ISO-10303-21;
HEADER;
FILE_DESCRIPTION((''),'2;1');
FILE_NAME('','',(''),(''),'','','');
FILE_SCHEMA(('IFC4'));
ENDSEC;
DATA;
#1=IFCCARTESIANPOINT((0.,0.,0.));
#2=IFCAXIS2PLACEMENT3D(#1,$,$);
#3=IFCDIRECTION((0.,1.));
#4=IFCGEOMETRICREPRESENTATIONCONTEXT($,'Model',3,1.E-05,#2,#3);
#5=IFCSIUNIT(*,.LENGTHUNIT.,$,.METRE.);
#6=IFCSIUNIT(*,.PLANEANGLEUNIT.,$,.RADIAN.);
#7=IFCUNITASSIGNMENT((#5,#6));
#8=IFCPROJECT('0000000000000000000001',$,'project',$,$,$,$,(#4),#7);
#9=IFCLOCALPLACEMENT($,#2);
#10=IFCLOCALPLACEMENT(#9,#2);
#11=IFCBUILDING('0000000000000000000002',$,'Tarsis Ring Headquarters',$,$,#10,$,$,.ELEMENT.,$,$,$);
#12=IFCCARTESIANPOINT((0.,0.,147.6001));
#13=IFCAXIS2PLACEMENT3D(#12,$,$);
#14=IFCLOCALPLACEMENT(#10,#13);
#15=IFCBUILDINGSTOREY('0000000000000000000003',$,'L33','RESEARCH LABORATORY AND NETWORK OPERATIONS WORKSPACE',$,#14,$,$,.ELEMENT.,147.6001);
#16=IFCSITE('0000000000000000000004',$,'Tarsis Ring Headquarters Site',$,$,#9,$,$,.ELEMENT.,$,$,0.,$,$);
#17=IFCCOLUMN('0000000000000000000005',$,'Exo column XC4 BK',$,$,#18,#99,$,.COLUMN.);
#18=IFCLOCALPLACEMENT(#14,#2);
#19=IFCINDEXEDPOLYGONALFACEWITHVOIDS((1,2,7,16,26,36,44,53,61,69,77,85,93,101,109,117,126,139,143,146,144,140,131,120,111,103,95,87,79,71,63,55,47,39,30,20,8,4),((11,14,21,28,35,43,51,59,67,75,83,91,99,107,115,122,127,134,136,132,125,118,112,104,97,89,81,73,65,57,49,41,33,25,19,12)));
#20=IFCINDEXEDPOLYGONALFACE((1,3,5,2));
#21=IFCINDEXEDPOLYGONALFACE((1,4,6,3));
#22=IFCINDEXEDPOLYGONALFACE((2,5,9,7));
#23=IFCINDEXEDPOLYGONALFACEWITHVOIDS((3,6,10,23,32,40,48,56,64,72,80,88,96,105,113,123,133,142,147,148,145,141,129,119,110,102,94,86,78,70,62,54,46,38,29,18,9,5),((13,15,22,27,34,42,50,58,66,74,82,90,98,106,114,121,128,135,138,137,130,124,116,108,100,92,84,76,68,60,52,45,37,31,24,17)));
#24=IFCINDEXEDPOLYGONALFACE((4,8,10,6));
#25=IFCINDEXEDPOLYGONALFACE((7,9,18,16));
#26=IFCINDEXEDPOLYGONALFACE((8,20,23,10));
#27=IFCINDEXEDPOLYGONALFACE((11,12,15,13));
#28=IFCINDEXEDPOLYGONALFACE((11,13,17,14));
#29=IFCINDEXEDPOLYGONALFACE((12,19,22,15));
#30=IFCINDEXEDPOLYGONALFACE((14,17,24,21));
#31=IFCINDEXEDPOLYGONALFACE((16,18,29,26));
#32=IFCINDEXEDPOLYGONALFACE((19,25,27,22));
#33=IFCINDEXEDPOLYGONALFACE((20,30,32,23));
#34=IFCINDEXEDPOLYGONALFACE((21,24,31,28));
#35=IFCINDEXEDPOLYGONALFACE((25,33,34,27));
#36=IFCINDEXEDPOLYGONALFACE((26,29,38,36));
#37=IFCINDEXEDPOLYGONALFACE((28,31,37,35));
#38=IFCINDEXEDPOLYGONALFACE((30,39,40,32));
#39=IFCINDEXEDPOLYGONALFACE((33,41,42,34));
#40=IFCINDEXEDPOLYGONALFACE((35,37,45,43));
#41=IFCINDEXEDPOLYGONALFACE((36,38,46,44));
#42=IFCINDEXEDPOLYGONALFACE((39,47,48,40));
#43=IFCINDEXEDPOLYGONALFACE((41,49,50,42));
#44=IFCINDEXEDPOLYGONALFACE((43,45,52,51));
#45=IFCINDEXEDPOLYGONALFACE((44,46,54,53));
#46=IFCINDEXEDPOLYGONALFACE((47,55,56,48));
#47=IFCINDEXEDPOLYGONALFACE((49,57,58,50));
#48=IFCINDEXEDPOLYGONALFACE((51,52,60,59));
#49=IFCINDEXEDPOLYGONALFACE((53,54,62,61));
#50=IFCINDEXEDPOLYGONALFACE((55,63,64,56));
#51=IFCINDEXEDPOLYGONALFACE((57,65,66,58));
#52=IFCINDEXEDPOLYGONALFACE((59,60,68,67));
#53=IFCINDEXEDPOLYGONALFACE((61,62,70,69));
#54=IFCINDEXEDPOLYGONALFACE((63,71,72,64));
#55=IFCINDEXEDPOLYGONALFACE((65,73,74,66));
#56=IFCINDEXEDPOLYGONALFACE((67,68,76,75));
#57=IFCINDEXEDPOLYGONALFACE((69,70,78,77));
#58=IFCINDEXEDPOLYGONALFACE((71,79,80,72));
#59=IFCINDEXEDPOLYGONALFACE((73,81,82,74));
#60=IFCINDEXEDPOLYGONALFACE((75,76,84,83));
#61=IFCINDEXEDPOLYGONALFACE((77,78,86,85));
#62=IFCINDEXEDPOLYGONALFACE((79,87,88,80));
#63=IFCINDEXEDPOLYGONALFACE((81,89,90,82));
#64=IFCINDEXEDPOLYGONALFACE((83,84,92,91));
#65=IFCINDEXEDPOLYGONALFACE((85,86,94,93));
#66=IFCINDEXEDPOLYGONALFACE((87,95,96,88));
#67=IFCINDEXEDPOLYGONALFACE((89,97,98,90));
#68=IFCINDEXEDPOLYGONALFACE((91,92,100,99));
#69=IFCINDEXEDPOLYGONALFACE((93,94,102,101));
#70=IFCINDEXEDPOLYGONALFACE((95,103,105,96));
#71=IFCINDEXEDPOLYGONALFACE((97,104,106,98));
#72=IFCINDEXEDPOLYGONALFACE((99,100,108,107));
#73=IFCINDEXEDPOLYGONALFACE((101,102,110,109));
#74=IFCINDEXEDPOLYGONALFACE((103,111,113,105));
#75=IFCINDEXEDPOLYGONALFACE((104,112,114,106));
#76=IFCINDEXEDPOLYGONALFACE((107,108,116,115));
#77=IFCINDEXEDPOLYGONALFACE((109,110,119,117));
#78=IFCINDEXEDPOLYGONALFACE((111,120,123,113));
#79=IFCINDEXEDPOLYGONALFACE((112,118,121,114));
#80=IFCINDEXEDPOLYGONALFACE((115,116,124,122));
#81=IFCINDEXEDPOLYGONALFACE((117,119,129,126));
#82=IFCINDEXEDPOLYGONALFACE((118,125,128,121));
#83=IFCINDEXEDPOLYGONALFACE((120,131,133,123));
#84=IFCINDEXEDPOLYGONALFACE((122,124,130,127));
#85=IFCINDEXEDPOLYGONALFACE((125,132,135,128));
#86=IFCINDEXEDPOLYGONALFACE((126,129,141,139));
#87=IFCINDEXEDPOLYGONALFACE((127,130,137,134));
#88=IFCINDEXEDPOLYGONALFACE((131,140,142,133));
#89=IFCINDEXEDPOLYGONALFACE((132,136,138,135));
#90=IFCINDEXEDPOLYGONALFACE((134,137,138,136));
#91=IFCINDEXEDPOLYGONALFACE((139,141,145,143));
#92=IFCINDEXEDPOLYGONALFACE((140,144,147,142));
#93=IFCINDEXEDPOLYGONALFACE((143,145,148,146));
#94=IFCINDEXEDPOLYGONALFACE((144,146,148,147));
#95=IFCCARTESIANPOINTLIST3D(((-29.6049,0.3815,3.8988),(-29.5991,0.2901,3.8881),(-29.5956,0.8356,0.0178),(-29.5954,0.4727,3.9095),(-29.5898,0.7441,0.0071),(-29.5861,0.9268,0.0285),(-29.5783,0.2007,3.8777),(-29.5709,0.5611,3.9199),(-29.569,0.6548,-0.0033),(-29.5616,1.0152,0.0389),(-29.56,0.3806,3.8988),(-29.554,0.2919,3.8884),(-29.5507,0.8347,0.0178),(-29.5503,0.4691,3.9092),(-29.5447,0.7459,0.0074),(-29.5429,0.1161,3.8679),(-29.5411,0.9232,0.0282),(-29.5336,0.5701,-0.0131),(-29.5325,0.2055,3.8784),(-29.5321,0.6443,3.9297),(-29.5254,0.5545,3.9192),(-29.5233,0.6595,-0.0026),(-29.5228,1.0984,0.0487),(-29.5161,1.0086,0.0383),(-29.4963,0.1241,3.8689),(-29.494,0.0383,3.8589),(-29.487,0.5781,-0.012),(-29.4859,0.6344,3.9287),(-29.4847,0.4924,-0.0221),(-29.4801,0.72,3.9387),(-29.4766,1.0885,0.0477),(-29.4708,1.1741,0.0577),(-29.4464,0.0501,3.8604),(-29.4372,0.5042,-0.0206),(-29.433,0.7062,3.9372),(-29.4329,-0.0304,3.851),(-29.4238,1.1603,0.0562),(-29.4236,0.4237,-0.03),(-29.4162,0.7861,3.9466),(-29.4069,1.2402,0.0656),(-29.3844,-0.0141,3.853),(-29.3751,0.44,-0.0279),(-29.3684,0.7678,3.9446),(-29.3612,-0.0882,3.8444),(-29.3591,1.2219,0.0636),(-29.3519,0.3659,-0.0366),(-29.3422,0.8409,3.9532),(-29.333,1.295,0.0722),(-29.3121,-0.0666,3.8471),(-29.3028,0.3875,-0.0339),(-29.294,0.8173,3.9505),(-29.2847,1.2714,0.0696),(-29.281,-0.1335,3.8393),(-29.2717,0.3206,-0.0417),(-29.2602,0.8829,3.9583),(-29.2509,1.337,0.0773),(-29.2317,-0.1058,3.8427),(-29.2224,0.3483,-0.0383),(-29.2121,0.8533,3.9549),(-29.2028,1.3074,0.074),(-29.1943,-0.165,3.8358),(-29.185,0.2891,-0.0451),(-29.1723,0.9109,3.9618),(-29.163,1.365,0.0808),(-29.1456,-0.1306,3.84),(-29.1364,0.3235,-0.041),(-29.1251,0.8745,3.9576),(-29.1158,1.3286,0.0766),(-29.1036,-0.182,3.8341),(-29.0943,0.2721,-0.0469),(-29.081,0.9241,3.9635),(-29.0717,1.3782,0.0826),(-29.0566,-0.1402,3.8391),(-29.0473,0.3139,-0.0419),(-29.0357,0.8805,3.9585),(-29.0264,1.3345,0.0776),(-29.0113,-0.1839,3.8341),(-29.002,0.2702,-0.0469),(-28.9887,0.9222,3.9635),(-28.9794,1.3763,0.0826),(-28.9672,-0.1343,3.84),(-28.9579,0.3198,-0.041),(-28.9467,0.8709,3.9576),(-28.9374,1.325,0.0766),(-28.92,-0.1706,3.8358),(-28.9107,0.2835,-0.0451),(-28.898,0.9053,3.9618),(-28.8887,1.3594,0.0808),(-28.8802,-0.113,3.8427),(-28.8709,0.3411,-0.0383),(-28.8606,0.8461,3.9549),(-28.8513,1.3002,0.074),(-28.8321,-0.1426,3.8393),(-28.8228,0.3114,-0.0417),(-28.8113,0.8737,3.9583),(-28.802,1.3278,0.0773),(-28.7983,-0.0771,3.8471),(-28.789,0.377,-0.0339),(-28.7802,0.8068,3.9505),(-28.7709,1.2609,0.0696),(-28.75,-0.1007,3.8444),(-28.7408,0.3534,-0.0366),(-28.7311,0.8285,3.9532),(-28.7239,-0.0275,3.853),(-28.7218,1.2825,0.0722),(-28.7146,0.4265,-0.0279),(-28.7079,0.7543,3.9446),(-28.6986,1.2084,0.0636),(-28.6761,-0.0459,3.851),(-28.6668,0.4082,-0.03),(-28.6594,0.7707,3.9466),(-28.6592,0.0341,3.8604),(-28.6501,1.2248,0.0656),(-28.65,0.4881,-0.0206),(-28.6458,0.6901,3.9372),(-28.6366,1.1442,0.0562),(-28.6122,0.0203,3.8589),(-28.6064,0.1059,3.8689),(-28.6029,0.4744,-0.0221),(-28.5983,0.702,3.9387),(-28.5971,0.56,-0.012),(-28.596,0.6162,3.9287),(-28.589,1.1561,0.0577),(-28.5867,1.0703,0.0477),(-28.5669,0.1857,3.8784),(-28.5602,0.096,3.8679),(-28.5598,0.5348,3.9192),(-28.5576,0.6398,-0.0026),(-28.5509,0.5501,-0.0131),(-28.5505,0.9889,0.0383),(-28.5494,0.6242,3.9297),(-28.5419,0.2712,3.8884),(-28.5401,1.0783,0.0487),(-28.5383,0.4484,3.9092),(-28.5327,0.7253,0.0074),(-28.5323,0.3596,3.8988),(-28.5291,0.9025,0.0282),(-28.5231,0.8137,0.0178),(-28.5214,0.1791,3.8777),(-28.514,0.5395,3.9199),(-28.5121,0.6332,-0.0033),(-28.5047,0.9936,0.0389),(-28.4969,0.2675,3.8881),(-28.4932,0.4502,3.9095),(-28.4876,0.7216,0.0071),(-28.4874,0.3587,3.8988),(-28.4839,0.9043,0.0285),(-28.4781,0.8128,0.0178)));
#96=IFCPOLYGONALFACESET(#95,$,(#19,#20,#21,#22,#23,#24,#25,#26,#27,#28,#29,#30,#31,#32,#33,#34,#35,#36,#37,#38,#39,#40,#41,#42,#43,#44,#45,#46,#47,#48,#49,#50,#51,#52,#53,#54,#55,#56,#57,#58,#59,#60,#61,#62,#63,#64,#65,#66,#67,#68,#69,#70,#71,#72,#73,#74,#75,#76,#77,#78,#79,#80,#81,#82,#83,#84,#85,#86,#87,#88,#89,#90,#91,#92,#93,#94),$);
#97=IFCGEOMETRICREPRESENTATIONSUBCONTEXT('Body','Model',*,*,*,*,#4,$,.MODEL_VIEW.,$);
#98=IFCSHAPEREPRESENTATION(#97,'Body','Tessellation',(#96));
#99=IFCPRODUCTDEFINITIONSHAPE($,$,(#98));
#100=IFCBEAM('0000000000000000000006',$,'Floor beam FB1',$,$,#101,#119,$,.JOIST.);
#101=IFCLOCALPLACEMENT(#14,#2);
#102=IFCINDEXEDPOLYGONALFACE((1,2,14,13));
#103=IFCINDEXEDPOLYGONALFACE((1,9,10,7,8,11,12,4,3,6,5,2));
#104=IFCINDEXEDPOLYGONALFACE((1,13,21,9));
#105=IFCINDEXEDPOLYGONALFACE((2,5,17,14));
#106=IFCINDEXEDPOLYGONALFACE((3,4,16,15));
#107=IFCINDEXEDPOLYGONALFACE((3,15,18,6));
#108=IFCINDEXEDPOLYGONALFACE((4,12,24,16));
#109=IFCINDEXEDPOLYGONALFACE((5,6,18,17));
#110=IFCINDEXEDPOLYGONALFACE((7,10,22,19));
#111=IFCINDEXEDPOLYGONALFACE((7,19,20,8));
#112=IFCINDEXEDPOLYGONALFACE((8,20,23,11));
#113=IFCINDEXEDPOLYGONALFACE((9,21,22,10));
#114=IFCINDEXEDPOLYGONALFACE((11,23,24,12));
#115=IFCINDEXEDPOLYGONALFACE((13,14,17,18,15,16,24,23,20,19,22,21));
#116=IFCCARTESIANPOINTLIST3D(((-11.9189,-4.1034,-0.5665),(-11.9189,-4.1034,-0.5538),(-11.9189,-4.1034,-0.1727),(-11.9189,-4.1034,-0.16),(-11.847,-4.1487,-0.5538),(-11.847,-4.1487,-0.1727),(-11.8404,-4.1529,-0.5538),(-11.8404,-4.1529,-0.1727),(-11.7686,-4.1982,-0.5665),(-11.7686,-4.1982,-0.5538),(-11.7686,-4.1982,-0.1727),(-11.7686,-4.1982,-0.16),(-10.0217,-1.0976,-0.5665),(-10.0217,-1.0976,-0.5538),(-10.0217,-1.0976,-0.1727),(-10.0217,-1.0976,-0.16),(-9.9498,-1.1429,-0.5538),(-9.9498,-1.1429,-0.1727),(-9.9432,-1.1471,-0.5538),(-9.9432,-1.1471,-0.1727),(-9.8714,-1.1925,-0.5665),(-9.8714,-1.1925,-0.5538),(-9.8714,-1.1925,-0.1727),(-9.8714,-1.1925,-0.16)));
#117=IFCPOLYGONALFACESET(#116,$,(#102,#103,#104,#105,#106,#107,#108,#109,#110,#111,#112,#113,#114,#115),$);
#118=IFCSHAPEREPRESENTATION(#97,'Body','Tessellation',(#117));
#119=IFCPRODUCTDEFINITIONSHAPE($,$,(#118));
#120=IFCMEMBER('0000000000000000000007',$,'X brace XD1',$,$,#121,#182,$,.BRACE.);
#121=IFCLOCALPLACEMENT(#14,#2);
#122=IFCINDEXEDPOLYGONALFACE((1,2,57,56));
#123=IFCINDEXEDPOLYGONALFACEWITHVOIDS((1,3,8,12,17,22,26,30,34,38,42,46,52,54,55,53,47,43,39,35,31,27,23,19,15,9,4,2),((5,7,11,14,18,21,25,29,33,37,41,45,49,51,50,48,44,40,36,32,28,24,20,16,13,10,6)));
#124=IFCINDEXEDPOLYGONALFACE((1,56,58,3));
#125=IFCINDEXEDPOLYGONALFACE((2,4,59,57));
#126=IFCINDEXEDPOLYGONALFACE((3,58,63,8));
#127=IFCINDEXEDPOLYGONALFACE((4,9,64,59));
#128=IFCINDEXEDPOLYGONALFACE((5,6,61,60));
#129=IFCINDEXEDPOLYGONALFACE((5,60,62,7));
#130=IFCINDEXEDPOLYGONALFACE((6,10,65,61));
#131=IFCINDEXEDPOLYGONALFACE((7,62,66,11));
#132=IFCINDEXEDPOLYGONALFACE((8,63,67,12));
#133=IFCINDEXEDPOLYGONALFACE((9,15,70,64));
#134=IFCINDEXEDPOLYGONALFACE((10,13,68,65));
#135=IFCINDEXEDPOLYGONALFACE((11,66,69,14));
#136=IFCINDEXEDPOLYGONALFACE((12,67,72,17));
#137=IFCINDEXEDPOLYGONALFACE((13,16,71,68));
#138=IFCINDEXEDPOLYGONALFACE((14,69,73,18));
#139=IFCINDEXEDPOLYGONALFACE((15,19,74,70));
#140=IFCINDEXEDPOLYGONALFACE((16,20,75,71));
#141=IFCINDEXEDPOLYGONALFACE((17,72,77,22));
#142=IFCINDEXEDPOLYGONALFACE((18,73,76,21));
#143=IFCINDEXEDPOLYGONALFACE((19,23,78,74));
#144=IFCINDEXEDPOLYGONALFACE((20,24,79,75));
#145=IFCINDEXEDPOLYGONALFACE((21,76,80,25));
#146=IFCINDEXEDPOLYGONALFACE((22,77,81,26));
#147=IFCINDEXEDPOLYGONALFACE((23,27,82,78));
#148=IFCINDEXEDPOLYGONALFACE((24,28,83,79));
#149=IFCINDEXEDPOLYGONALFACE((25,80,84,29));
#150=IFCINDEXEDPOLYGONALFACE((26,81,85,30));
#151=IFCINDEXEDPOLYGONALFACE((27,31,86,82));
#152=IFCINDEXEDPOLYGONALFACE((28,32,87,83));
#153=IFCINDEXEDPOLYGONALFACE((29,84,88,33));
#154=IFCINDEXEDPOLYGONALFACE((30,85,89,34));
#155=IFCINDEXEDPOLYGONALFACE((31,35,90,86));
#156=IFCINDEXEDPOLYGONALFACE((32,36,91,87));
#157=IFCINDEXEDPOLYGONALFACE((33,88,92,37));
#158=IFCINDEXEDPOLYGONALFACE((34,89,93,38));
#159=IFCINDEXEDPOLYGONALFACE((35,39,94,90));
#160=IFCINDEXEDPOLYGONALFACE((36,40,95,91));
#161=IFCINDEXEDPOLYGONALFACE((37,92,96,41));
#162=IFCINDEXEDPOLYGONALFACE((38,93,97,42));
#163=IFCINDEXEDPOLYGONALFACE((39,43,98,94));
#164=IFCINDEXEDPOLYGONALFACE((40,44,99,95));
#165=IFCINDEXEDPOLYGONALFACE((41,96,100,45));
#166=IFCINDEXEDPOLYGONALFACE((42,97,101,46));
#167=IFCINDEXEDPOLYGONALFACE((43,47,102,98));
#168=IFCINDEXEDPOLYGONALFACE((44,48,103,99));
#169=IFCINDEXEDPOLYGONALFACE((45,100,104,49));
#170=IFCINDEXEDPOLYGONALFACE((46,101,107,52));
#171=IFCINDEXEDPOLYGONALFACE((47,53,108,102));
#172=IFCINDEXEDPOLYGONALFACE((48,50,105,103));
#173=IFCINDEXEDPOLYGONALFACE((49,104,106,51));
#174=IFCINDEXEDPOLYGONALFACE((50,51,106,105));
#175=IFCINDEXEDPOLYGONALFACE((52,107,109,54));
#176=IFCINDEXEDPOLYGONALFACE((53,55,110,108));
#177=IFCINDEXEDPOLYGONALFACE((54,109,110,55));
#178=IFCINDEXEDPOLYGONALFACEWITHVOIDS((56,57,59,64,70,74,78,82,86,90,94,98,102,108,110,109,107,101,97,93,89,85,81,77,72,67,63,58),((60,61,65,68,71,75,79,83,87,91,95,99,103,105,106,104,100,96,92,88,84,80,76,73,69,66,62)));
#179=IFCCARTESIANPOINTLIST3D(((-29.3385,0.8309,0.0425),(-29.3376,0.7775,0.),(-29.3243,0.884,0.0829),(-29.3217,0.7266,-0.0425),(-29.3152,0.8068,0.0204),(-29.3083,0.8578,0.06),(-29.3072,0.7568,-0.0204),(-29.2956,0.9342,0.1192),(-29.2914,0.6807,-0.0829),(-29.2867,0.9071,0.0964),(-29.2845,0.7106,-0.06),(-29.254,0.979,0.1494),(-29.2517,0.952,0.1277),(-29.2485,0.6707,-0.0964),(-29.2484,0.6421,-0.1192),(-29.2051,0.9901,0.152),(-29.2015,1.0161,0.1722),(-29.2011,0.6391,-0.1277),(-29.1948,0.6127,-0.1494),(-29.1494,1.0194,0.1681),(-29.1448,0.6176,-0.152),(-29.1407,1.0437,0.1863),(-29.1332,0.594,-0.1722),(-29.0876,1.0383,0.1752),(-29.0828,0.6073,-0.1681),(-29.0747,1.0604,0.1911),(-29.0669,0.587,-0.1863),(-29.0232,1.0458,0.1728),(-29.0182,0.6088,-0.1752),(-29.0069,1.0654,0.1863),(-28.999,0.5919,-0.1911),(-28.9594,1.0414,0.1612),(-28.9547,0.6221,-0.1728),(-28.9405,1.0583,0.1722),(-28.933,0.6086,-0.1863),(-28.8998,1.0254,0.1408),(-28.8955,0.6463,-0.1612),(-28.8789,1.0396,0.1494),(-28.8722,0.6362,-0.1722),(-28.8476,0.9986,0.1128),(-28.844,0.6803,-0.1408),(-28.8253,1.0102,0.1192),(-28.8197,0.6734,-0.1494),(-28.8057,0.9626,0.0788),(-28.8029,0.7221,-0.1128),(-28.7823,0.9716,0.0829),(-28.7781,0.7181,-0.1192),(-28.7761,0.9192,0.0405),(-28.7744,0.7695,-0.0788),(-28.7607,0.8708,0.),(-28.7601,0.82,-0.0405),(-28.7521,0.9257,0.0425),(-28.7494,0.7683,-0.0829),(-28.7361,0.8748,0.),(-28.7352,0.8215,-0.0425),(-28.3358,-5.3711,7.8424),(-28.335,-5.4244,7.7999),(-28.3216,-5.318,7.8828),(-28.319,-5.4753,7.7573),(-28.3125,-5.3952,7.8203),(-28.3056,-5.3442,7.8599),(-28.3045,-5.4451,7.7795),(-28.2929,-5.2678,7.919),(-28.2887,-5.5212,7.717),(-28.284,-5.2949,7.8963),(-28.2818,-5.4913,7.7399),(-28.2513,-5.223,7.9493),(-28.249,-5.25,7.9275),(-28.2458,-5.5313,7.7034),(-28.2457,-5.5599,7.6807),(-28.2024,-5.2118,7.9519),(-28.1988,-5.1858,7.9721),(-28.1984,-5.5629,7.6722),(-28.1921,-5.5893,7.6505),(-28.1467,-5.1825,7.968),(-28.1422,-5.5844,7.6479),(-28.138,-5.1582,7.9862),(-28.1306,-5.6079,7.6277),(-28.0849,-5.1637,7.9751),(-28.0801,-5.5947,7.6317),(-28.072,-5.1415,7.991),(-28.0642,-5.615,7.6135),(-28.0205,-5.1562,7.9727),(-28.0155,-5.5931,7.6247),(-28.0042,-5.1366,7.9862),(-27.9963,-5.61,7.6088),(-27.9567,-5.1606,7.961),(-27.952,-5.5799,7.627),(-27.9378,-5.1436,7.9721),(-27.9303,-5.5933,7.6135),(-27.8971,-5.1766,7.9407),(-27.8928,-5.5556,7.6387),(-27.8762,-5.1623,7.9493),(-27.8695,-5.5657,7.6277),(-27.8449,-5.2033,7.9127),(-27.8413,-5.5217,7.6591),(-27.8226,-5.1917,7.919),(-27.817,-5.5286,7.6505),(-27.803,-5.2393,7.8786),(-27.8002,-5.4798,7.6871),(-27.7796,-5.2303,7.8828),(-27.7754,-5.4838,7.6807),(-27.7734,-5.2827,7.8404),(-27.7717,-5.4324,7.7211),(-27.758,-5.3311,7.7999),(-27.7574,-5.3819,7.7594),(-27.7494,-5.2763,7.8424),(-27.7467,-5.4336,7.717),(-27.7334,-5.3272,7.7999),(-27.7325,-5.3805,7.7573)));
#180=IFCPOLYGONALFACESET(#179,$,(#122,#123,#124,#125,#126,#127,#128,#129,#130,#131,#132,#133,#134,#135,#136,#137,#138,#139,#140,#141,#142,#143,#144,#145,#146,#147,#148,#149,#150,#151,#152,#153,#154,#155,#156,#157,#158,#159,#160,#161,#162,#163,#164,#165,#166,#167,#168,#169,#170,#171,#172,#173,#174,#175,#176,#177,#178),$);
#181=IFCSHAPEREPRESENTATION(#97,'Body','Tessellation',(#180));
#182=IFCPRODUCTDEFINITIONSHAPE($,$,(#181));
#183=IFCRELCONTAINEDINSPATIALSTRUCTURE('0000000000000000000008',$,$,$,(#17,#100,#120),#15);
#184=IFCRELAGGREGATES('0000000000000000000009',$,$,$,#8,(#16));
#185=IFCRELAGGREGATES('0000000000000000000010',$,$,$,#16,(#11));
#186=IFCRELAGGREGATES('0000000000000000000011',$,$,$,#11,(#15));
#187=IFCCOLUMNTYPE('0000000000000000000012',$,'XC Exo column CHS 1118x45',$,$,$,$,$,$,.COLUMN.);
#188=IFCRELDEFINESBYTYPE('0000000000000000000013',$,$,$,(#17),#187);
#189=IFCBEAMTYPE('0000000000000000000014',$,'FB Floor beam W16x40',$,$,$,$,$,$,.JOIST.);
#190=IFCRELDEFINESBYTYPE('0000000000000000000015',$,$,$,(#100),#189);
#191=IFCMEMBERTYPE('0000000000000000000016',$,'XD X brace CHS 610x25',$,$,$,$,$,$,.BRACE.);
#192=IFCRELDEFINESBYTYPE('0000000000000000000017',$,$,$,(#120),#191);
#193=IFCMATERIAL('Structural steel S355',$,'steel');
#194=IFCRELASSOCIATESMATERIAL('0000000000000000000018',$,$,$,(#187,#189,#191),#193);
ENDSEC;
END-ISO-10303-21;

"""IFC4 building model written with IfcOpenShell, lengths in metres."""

from ifc_helpers import new_model, si_unit, direction, frame, origin, origin_2d, place, context, subcontext, project, spatial, hollow_circle, i_section, extrude, material, material_profile, profile_set, type_object, element, save


model = new_model("IFC4")

# Units and contexts
model_context = context("Model", 3, precision=1e-05, world=origin(), true_north=direction((0.0, 1.0)))
body_context = subcontext(model_context, "Body", "Model", "MODEL_VIEW")
ifc_project = project(units=[si_unit("LENGTHUNIT", "METRE"), si_unit("PLANEANGLEUNIT", "RADIAN")], contexts=[model_context])

# Site, building, storey
site_placement = place(None, origin())
site = spatial("IfcSite", under=ifc_project, at=site_placement, Name="Tarsis Ring Headquarters Site", CompositionType="ELEMENT", RefElevation=0.0)
building_placement = place(site_placement, origin())
building = spatial("IfcBuilding", under=site, at=building_placement, Name="Tarsis Ring Headquarters", CompositionType="ELEMENT")
storey_placement = place(building_placement, frame((0.0, 0.0, 147.6001)))
storey = spatial("IfcBuildingStorey", under=building, at=storey_placement, Name="L33", Description="RESEARCH LABORATORY AND NETWORK OPERATIONS WORKSPACE", CompositionType="ELEMENT", Elevation=147.6001)

# Column
ifc_material_1 = material(Name="Structural steel S355", Category="steel")
ifc_material_profile_1 = material_profile(ifc_material_1, hollow_circle(Radius=0.5588, WallThickness=0.0449, at=origin_2d()), Name="CHS 1118x45")
ifc_profile_set_1 = profile_set([ifc_material_profile_1], Name="Structural steel S355")
column_type = type_object("IfcColumnType", Name="XC Exo column CHS 1118x45", PredefinedType="COLUMN", material=ifc_profile_set_1)
column_placement = place(storey_placement, frame((-29.0369, 0.8242, 0.0178), z_axis=(-0.002374, -0.11621, 0.993222), x_axis=(0.999791, -0.020426, 0.0)))
element("IfcColumn", 1, at=column_placement, inside=storey, type_object=column_type, Name="Exo column XC4 BK", PredefinedType="COLUMN", context=body_context, shape_type="SweptSolid", body=[
    extrude(hollow_circle(Radius=0.5588, WallThickness=0.0449, at=origin_2d()), origin(), (0.0, 0.0, 1.0), 3.9075),
])

# Beam
ifc_material_profile_2 = material_profile(ifc_material_1, i_section(OverallWidth=0.1777, OverallDepth=0.4065, WebThickness=0.0078, FlangeThickness=0.0127, at=origin_2d()), Name="W16x40")
ifc_profile_set_2 = profile_set([ifc_material_profile_2], Name="Structural steel S355")
beam_type_1 = type_object("IfcBeamType", Name="FB Floor beam W16x40", PredefinedType="JOIST", material=ifc_profile_set_2)
beam_1_placement = place(storey_placement, frame((-9.9465, -1.145, -0.3633), z_axis=(-0.533747, -0.845644, 0.0), x_axis=(0.845644, -0.533747, 0.0)))
element("IfcBeam", 2, at=beam_1_placement, inside=storey, type_object=beam_type_1, Name="Floor beam FB1", PredefinedType="JOIST", context=body_context, shape_type="SweptSolid", body=[
    extrude(i_section(OverallWidth=0.1777, OverallDepth=0.4065, WebThickness=0.0078, FlangeThickness=0.0127, at=origin_2d()), origin(), (0.0, 0.0, 1.0), 3.5544),
])

# Member
ifc_material_profile_3 = material_profile(ifc_material_1, hollow_circle(Radius=0.3047, WallThickness=0.0249, at=origin_2d()), Name="CHS 610x25")
ifc_profile_set_3 = profile_set([ifc_material_profile_3], Name="Structural steel S355")
member_type = type_object("IfcMemberType", Name="XD X brace CHS 610x25", PredefinedType="BRACE", material=ifc_profile_set_3)
member_placement = place(storey_placement, frame((-29.0369, 0.8262, 0.0), z_axis=(0.100116, -0.619244, 0.77879), x_axis=(0.987182, 0.159601, 0.0)))
element("IfcMember", 3, at=member_placement, inside=storey, type_object=member_type, Name="X brace XD1", PredefinedType="BRACE", context=body_context, shape_type="SweptSolid", body=[
    extrude(hollow_circle(Radius=0.3047, WallThickness=0.0249, at=origin_2d()), origin(), (0.0, 0.0, 1.0), 10.0154),
])

save(model, "model.ifc")
